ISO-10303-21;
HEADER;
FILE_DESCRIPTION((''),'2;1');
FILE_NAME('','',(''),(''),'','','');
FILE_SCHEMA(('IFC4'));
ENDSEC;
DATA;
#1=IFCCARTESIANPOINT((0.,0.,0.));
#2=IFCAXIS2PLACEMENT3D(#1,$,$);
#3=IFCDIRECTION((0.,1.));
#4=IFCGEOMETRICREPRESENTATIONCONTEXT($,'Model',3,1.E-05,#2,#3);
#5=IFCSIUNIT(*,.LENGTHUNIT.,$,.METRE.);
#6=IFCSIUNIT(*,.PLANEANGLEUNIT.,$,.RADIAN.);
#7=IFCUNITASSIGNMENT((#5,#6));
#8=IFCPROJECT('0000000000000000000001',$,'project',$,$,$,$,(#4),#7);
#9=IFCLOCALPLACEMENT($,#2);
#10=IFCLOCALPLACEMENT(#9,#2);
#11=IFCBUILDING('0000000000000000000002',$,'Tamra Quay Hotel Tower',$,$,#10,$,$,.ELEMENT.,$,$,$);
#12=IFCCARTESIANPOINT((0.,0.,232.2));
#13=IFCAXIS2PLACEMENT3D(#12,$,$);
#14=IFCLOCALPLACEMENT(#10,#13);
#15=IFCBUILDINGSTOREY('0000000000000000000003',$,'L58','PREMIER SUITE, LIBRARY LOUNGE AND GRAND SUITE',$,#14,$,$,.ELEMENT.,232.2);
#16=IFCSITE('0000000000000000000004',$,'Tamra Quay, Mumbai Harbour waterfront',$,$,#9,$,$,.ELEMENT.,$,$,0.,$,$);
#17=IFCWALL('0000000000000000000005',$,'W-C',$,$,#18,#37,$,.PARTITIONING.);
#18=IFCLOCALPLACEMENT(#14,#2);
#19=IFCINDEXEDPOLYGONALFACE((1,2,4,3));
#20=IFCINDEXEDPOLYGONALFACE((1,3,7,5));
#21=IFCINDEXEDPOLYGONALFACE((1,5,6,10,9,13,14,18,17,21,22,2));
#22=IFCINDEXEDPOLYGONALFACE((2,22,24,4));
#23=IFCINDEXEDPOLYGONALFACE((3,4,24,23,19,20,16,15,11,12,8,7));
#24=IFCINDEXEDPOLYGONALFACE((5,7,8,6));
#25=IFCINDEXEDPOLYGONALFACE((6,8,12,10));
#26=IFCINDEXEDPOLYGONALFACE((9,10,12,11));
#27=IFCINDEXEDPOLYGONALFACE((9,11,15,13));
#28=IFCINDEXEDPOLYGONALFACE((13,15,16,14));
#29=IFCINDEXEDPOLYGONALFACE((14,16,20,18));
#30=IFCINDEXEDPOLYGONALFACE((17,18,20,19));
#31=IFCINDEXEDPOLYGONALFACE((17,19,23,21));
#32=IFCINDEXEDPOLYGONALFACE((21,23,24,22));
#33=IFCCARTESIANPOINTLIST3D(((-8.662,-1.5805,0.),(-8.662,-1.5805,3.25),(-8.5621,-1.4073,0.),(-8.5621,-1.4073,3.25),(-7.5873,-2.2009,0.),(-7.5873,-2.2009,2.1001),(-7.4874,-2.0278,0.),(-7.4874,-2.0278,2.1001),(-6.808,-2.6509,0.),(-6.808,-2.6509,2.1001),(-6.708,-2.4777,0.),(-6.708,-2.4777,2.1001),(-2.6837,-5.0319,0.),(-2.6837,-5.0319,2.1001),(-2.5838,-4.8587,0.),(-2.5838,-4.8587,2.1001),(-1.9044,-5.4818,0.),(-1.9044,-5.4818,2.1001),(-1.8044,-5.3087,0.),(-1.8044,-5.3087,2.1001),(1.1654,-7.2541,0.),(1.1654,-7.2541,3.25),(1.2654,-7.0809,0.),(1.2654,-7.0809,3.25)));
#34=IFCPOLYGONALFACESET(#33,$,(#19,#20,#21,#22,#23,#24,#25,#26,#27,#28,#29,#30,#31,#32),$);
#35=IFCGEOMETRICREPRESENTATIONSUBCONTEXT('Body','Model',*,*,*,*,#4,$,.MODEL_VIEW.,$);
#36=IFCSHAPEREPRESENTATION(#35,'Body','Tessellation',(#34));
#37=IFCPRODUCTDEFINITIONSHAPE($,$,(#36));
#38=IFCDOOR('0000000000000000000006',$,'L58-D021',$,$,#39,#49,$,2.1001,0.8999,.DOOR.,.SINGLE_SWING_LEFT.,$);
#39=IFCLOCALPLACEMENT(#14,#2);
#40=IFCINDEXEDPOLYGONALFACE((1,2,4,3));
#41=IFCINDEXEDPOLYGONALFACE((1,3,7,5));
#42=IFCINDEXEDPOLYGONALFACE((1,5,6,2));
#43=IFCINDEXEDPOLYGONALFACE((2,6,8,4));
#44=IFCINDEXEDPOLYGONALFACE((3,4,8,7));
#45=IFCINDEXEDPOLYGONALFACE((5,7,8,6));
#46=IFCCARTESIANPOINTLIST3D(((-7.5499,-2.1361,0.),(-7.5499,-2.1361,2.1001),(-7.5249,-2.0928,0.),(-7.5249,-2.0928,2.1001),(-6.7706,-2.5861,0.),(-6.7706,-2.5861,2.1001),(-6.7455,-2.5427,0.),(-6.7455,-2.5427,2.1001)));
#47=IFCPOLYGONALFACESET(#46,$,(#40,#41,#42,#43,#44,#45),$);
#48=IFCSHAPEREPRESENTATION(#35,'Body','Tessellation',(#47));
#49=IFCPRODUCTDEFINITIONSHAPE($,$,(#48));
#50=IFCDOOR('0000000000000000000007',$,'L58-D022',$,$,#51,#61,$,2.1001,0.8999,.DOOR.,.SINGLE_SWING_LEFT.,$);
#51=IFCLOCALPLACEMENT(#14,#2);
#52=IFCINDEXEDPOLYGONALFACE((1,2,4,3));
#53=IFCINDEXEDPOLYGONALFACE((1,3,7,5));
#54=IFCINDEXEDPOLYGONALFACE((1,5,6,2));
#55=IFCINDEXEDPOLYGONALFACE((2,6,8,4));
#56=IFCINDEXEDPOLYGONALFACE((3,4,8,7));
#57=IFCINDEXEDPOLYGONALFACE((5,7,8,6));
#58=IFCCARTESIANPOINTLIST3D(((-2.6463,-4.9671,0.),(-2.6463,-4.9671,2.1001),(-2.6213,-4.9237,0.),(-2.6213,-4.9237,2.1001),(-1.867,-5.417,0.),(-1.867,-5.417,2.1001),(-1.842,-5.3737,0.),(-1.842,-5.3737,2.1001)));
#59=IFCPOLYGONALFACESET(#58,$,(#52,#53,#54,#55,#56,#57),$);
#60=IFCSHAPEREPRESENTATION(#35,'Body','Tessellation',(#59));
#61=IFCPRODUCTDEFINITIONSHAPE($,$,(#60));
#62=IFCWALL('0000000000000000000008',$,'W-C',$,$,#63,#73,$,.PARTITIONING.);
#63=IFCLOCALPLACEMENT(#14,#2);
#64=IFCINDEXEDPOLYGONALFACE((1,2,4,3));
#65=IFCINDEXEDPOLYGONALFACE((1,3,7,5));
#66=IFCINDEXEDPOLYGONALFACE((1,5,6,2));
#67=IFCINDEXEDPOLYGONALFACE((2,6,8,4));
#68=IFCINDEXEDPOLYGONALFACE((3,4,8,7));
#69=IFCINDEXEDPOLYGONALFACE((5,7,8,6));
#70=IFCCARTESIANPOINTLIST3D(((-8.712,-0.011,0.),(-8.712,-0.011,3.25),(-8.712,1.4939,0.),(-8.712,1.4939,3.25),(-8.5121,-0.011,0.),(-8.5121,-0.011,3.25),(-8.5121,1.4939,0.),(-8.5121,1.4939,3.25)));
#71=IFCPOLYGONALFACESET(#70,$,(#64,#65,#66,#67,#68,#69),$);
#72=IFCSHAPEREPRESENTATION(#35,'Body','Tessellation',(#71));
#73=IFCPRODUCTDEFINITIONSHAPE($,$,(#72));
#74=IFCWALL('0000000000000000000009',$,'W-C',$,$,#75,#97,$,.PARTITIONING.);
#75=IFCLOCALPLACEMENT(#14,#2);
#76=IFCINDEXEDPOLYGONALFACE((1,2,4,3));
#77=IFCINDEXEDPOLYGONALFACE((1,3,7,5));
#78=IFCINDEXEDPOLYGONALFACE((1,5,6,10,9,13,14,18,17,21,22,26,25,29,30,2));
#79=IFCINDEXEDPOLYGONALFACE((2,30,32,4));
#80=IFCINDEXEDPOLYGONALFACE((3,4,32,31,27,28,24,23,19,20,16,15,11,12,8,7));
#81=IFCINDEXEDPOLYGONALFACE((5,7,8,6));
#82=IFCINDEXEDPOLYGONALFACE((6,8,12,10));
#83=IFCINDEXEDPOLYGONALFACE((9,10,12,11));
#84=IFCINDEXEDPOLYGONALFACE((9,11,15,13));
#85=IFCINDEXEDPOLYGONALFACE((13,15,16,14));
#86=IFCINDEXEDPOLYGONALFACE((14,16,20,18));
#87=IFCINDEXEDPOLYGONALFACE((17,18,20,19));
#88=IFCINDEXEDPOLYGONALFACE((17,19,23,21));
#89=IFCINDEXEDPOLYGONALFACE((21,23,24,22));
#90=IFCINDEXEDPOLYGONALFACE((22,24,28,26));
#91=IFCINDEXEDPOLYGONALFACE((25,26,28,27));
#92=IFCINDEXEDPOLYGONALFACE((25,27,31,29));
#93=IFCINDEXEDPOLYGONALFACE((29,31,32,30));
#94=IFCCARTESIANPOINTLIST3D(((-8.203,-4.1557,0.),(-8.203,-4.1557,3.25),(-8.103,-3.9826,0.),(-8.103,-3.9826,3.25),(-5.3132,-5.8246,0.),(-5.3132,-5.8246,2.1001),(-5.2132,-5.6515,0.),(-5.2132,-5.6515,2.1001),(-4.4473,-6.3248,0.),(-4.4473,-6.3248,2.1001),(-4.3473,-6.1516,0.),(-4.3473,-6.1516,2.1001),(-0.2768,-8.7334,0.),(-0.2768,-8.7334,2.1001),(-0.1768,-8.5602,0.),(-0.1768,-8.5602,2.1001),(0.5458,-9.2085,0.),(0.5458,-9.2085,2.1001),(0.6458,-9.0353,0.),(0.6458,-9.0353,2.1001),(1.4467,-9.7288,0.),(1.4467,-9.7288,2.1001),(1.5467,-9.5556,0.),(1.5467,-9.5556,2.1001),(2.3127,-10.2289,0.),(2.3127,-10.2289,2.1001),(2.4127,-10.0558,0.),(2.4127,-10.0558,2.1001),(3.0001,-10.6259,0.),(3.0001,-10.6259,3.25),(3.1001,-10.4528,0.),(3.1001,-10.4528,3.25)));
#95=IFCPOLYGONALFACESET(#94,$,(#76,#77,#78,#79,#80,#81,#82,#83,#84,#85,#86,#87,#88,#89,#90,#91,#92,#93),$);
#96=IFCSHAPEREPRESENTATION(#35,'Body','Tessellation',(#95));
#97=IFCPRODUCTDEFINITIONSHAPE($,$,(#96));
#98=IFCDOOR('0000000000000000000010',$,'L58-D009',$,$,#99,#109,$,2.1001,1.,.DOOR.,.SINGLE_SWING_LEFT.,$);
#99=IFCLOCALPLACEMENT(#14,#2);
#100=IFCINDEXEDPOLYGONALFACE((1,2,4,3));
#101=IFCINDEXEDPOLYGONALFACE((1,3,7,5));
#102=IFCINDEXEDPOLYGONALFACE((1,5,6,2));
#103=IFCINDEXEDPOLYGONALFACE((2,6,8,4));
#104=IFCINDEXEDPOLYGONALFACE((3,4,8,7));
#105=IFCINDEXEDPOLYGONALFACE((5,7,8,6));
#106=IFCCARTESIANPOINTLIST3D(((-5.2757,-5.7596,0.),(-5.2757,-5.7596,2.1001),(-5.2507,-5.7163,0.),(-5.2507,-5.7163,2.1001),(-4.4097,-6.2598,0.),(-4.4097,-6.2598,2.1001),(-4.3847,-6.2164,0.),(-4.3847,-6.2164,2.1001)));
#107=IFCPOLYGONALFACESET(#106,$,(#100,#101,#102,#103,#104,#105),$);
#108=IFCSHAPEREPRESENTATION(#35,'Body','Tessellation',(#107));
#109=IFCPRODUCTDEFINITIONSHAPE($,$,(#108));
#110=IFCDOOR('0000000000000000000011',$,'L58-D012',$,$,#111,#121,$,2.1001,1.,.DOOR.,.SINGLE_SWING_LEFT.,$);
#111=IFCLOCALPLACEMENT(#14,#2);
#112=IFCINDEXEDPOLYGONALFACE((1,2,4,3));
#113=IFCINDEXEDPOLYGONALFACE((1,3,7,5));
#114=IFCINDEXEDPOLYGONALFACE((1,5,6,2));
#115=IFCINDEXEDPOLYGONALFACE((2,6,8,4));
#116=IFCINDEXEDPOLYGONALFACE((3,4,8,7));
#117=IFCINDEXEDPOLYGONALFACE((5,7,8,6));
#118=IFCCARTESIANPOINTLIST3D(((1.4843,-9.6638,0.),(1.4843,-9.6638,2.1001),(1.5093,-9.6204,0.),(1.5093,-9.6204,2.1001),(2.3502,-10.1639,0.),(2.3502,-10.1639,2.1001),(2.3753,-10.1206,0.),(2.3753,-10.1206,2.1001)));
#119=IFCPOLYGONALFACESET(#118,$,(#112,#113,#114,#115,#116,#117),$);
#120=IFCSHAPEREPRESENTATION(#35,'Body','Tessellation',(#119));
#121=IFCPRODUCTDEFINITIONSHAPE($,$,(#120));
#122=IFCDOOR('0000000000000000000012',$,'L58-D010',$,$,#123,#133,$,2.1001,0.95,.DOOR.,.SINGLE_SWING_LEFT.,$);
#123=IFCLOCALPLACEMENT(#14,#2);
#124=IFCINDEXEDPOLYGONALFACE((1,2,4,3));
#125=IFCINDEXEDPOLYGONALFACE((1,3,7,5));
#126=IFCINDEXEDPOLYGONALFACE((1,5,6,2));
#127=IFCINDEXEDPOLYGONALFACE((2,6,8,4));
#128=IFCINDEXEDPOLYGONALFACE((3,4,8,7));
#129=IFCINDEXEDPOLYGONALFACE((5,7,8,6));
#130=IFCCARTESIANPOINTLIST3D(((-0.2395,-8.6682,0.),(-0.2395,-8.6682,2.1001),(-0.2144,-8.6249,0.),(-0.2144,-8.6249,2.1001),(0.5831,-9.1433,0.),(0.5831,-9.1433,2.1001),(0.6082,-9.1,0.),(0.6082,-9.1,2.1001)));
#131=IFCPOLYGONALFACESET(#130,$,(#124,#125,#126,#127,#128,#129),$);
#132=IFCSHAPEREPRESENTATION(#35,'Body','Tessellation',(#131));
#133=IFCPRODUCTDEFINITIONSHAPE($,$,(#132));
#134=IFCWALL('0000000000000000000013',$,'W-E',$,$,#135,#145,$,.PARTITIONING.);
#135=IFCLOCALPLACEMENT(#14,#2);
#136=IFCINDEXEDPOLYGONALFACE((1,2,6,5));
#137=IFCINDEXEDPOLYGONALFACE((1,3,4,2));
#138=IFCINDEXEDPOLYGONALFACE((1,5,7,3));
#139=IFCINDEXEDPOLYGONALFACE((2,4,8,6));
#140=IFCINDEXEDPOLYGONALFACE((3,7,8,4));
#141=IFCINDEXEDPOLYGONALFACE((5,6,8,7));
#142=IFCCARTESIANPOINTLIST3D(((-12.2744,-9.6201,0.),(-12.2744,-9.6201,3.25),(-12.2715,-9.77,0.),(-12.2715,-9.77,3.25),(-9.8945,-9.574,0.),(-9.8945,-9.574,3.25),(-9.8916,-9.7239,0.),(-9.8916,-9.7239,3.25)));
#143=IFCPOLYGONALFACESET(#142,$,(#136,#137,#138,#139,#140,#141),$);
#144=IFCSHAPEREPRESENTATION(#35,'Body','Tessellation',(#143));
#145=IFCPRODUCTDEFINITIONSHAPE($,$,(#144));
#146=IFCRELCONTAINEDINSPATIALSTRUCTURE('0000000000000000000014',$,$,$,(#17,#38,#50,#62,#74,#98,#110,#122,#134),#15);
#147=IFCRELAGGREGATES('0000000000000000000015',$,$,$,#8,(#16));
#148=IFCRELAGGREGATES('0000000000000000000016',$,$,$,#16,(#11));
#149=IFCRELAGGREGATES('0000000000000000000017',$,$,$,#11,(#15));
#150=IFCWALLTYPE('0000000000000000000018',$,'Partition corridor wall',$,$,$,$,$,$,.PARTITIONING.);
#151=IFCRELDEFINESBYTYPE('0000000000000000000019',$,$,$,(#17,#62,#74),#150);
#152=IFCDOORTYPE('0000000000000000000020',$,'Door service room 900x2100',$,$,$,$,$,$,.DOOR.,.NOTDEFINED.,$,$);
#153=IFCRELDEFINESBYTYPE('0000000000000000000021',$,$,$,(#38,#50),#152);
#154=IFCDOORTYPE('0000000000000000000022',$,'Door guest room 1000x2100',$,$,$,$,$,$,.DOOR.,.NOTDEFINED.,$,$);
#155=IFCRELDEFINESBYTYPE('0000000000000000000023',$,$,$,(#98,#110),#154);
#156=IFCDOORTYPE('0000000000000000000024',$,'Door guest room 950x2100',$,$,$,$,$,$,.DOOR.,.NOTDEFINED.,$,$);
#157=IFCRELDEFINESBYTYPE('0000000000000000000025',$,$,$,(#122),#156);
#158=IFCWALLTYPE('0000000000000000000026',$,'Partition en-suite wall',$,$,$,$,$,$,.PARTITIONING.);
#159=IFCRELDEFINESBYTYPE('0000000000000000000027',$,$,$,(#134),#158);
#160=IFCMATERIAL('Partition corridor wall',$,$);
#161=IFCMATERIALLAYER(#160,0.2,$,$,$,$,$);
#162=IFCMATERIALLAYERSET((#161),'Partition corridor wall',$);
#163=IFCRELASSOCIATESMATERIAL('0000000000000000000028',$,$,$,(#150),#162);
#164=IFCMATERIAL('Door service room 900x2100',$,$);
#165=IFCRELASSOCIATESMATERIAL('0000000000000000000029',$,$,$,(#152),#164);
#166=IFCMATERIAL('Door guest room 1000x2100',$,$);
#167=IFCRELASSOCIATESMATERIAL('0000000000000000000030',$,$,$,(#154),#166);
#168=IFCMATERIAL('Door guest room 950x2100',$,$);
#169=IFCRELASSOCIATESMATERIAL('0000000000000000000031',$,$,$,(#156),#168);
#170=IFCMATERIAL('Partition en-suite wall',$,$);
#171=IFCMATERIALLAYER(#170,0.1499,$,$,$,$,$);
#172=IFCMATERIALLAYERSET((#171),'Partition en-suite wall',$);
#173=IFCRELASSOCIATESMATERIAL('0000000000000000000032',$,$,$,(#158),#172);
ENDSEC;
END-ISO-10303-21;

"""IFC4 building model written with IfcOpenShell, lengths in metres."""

from ifc_helpers import new_model, si_unit, direction, frame, frame_2d, origin, place, context, subcontext, project, spatial, rectangle, extrude, material, layer, layer_set, type_object, element, fill, save


model = new_model("IFC4")

# Units and contexts
model_context = context("Model", 3, precision=1e-05, world=origin(), true_north=direction((0.0, 1.0)))
body_context = subcontext(model_context, "Body", "Model", "MODEL_VIEW")
ifc_project = project(units=[si_unit("LENGTHUNIT", "METRE"), si_unit("PLANEANGLEUNIT", "RADIAN")], contexts=[model_context])

# Site, building, storey
site_placement = place(None, origin())
site = spatial("IfcSite", under=ifc_project, at=site_placement, Name="Tamra Quay, Mumbai Harbour waterfront", CompositionType="ELEMENT", RefElevation=0.0)
building_placement = place(site_placement, origin())
building = spatial("IfcBuilding", under=site, at=building_placement, Name="Tamra Quay Hotel Tower", CompositionType="ELEMENT")
storey_placement = place(building_placement, frame((0.0, 0.0, 232.2)))
storey = spatial("IfcBuildingStorey", under=building, at=storey_placement, Name="L58", Description="PREMIER SUITE, LIBRARY LOUNGE AND GRAND SUITE", CompositionType="ELEMENT", Elevation=232.2)

# Shared definitions
ifc_material_1 = material(Name="Partition corridor wall")
ifc_layer_1 = layer(ifc_material_1, 0.2)
ifc_layer_set_1 = layer_set([ifc_layer_1], Name="Partition corridor wall")
wall_type_1 = type_object("IfcWallType", Name="Partition corridor wall", PredefinedType="PARTITIONING", material=ifc_layer_set_1)

# Wall, openings, doors
wall_1_placement = place(storey_placement, frame((-8.6121, -1.4939, 0.0), z_axis=(0.0, 0.0, 1.0), x_axis=(0.866035, -0.499983, 0.0)))
wall_1 = element("IfcWall", 1, at=wall_1_placement, inside=storey, type_object=wall_type_1, Name="W-C", PredefinedType="PARTITIONING", context=body_context, shape_type="SweptSolid", body=[
    extrude(rectangle(XDim=11.3477, YDim=0.2, at=frame_2d((5.6738, 0.0))), origin(), (0.0, 0.0, 1.0), 3.25),
])
opening_1_placement = place(wall_1_placement, frame((1.241, 0.0, 0.0)))
opening_1 = element("IfcOpeningElement", 2, at=opening_1_placement, cuts=wall_1, PredefinedType="OPENING", context=body_context, shape_type="SweptSolid", body=[
    extrude(rectangle(XDim=0.8999, YDim=2.1001, at=frame_2d((0.45, 1.05))), frame((0.0, 0.1099, 0.0), z_axis=(0.0, -1.0, 0.0), x_axis=(1.0, 0.0, 0.0)), (0.0, 0.0, 1.0), 0.22),
])
opening_2_placement = place(wall_1_placement, frame((6.9031, 0.0, 0.0)))
opening_2 = element("IfcOpeningElement", 3, at=opening_2_placement, cuts=wall_1, PredefinedType="OPENING", context=body_context, shape_type="SweptSolid", body=[
    extrude(rectangle(XDim=0.8999, YDim=2.1001, at=frame_2d((0.45, 1.05))), frame((0.0, 0.1099, 0.0), z_axis=(0.0, -1.0, 0.0), x_axis=(1.0, 0.0, 0.0)), (0.0, 0.0, 1.0), 0.22),
])
ifc_material_2 = material(Name="Door service room 900x2100")
door_type_1 = type_object("IfcDoorType", Name="Door service room 900x2100", OperationType="NOTDEFINED", PredefinedType="DOOR", material=ifc_material_2)
door_1_placement = place(opening_1_placement, origin())
door_1 = element("IfcDoor", 4, at=door_1_placement, inside=storey, type_object=door_type_1, Name="L58-D021", OperationType="SINGLE_SWING_LEFT", OverallHeight=2.1001, OverallWidth=0.8999, PredefinedType="DOOR", context=body_context, shape_type="SweptSolid", body=[
    extrude(rectangle(XDim=0.8999, YDim=2.1001, at=frame_2d((0.45, 1.05))), frame((0.0, 0.0249, 0.0), z_axis=(0.0, -1.0, 0.0), x_axis=(1.0, 0.0, 0.0)), (0.0, 0.0, 1.0), 0.05),
])
fill(opening_1, door_1)
door_2_placement = place(opening_2_placement, origin())
door_2 = element("IfcDoor", 5, at=door_2_placement, inside=storey, type_object=door_type_1, Name="L58-D022", OperationType="SINGLE_SWING_LEFT", OverallHeight=2.1001, OverallWidth=0.8999, PredefinedType="DOOR", context=body_context, shape_type="SweptSolid", body=[
    extrude(rectangle(XDim=0.8999, YDim=2.1001, at=frame_2d((0.45, 1.05))), frame((0.0, 0.0249, 0.0), z_axis=(0.0, -1.0, 0.0), x_axis=(1.0, 0.0, 0.0)), (0.0, 0.0, 1.0), 0.05),
])
fill(opening_2, door_2)

# Wall
wall_2_placement = place(storey_placement, frame((-8.6121, -0.011, 0.0), z_axis=(0.0, 0.0, 1.0), x_axis=(0.0, 1.0, 0.0)))
element("IfcWall", 6, at=wall_2_placement, inside=storey, type_object=wall_type_1, Name="W-C", PredefinedType="PARTITIONING", context=body_context, shape_type="SweptSolid", body=[
    extrude(rectangle(XDim=1.5049, YDim=0.2, at=frame_2d((0.7524, 0.0))), origin(), (0.0, 0.0, 1.0), 3.25),
])

# Wall, openings, doors
wall_3_placement = place(storey_placement, frame((-8.1531, -4.0691, 0.0), z_axis=(0.0, 0.0, 1.0), x_axis=(0.865956, -0.500121, 0.0)))
wall_3 = element("IfcWall", 7, at=wall_3_placement, inside=storey, type_object=wall_type_1, Name="W-C", PredefinedType="PARTITIONING", context=body_context, shape_type="SweptSolid", body=[
    extrude(rectangle(XDim=12.9373, YDim=0.2, at=frame_2d((6.4688, 0.0))), origin(), (0.0, 0.0, 1.0), 3.25),
])
opening_3_placement = place(wall_3_placement, frame((3.3372, 0.0, 0.0)))
opening_3 = element("IfcOpeningElement", 8, at=opening_3_placement, cuts=wall_3, PredefinedType="OPENING", context=body_context, shape_type="SweptSolid", body=[
    extrude(rectangle(XDim=1.0, YDim=2.1001, at=frame_2d((0.5, 1.05))), frame((0.0, 0.1099, 0.0), z_axis=(0.0, -1.0, 0.0), x_axis=(1.0, 0.0, 0.0)), (0.0, 0.0, 1.0), 0.22),
])
opening_4_placement = place(wall_3_placement, frame((9.1531, 0.0, 0.0)))
opening_4 = element("IfcOpeningElement", 9, at=opening_4_placement, cuts=wall_3, PredefinedType="OPENING", context=body_context, shape_type="SweptSolid", body=[
    extrude(rectangle(XDim=0.95, YDim=2.1001, at=frame_2d((0.4751, 1.05))), frame((0.0, 0.1099, 0.0), z_axis=(0.0, -1.0, 0.0), x_axis=(1.0, 0.0, 0.0)), (0.0, 0.0, 1.0), 0.22),
])
opening_5_placement = place(wall_3_placement, frame((11.1436, 0.0, 0.0)))
opening_5 = element("IfcOpeningElement", 10, at=opening_5_placement, cuts=wall_3, PredefinedType="OPENING", context=body_context, shape_type="SweptSolid", body=[
    extrude(rectangle(XDim=1.0, YDim=2.1001, at=frame_2d((0.5, 1.05))), frame((0.0, 0.1099, 0.0), z_axis=(0.0, -1.0, 0.0), x_axis=(1.0, 0.0, 0.0)), (0.0, 0.0, 1.0), 0.22),
])
ifc_material_3 = material(Name="Door guest room 1000x2100")
door_type_2 = type_object("IfcDoorType", Name="Door guest room 1000x2100", OperationType="NOTDEFINED", PredefinedType="DOOR", material=ifc_material_3)
door_3_placement = place(opening_3_placement, frame((1.0, 0.0, 0.0), z_axis=(0.0, 0.0, 1.0), x_axis=(-1.0, 0.0, 0.0)))
door_3 = element("IfcDoor", 11, at=door_3_placement, inside=storey, type_object=door_type_2, Name="L58-D009", OperationType="SINGLE_SWING_LEFT", OverallHeight=2.1001, OverallWidth=1.0, PredefinedType="DOOR", context=body_context, shape_type="SweptSolid", body=[
    extrude(rectangle(XDim=1.0, YDim=2.1001, at=frame_2d((0.5, 1.05))), frame((0.0, 0.0249, 0.0), z_axis=(0.0, -1.0, 0.0), x_axis=(1.0, 0.0, 0.0)), (0.0, 0.0, 1.0), 0.05),
])
fill(opening_3, door_3)
door_4_placement = place(opening_5_placement, frame((1.0, 0.0, 0.0), z_axis=(0.0, 0.0, 1.0), x_axis=(-1.0, 0.0, 0.0)))
door_4 = element("IfcDoor", 12, at=door_4_placement, inside=storey, type_object=door_type_2, Name="L58-D012", OperationType="SINGLE_SWING_LEFT", OverallHeight=2.1001, OverallWidth=1.0, PredefinedType="DOOR", context=body_context, shape_type="SweptSolid", body=[
    extrude(rectangle(XDim=1.0, YDim=2.1001, at=frame_2d((0.5, 1.05))), frame((0.0, 0.0249, 0.0), z_axis=(0.0, -1.0, 0.0), x_axis=(1.0, 0.0, 0.0)), (0.0, 0.0, 1.0), 0.05),
])
fill(opening_5, door_4)
ifc_material_4 = material(Name="Door guest room 950x2100")
door_type_3 = type_object("IfcDoorType", Name="Door guest room 950x2100", OperationType="NOTDEFINED", PredefinedType="DOOR", material=ifc_material_4)
door_5_placement = place(opening_4_placement, frame((0.95, 0.0, 0.0), z_axis=(0.0, 0.0, 1.0), x_axis=(-1.0, 0.0, 0.0)))
door_5 = element("IfcDoor", 13, at=door_5_placement, inside=storey, type_object=door_type_3, Name="L58-D010", OperationType="SINGLE_SWING_LEFT", OverallHeight=2.1001, OverallWidth=0.95, PredefinedType="DOOR", context=body_context, shape_type="SweptSolid", body=[
    extrude(rectangle(XDim=0.95, YDim=2.1001, at=frame_2d((0.4751, 1.05))), frame((0.0, 0.0249, 0.0), z_axis=(0.0, -1.0, 0.0), x_axis=(1.0, 0.0, 0.0)), (0.0, 0.0, 1.0), 0.05),
])
fill(opening_4, door_5)

# Wall
ifc_material_5 = material(Name="Partition en-suite wall")
ifc_layer_2 = layer(ifc_material_5, 0.1499)
ifc_layer_set_2 = layer_set([ifc_layer_2], Name="Partition en-suite wall")
wall_type_2 = type_object("IfcWallType", Name="Partition en-suite wall", PredefinedType="PARTITIONING", material=ifc_layer_set_2)
wall_4_placement = place(storey_placement, frame((-12.2729, -9.6951, 0.0), z_axis=(0.0, 0.0, 1.0), x_axis=(0.999812, 0.019385, 0.0)))
element("IfcWall", 14, at=wall_4_placement, inside=storey, type_object=wall_type_2, Name="W-E", PredefinedType="PARTITIONING", context=body_context, shape_type="SweptSolid", body=[
    extrude(rectangle(XDim=2.3804, YDim=0.1499, at=frame_2d((1.1902, 0.0))), origin(), (0.0, 0.0, 1.0), 3.25),
])

save(model, "model.ifc")
